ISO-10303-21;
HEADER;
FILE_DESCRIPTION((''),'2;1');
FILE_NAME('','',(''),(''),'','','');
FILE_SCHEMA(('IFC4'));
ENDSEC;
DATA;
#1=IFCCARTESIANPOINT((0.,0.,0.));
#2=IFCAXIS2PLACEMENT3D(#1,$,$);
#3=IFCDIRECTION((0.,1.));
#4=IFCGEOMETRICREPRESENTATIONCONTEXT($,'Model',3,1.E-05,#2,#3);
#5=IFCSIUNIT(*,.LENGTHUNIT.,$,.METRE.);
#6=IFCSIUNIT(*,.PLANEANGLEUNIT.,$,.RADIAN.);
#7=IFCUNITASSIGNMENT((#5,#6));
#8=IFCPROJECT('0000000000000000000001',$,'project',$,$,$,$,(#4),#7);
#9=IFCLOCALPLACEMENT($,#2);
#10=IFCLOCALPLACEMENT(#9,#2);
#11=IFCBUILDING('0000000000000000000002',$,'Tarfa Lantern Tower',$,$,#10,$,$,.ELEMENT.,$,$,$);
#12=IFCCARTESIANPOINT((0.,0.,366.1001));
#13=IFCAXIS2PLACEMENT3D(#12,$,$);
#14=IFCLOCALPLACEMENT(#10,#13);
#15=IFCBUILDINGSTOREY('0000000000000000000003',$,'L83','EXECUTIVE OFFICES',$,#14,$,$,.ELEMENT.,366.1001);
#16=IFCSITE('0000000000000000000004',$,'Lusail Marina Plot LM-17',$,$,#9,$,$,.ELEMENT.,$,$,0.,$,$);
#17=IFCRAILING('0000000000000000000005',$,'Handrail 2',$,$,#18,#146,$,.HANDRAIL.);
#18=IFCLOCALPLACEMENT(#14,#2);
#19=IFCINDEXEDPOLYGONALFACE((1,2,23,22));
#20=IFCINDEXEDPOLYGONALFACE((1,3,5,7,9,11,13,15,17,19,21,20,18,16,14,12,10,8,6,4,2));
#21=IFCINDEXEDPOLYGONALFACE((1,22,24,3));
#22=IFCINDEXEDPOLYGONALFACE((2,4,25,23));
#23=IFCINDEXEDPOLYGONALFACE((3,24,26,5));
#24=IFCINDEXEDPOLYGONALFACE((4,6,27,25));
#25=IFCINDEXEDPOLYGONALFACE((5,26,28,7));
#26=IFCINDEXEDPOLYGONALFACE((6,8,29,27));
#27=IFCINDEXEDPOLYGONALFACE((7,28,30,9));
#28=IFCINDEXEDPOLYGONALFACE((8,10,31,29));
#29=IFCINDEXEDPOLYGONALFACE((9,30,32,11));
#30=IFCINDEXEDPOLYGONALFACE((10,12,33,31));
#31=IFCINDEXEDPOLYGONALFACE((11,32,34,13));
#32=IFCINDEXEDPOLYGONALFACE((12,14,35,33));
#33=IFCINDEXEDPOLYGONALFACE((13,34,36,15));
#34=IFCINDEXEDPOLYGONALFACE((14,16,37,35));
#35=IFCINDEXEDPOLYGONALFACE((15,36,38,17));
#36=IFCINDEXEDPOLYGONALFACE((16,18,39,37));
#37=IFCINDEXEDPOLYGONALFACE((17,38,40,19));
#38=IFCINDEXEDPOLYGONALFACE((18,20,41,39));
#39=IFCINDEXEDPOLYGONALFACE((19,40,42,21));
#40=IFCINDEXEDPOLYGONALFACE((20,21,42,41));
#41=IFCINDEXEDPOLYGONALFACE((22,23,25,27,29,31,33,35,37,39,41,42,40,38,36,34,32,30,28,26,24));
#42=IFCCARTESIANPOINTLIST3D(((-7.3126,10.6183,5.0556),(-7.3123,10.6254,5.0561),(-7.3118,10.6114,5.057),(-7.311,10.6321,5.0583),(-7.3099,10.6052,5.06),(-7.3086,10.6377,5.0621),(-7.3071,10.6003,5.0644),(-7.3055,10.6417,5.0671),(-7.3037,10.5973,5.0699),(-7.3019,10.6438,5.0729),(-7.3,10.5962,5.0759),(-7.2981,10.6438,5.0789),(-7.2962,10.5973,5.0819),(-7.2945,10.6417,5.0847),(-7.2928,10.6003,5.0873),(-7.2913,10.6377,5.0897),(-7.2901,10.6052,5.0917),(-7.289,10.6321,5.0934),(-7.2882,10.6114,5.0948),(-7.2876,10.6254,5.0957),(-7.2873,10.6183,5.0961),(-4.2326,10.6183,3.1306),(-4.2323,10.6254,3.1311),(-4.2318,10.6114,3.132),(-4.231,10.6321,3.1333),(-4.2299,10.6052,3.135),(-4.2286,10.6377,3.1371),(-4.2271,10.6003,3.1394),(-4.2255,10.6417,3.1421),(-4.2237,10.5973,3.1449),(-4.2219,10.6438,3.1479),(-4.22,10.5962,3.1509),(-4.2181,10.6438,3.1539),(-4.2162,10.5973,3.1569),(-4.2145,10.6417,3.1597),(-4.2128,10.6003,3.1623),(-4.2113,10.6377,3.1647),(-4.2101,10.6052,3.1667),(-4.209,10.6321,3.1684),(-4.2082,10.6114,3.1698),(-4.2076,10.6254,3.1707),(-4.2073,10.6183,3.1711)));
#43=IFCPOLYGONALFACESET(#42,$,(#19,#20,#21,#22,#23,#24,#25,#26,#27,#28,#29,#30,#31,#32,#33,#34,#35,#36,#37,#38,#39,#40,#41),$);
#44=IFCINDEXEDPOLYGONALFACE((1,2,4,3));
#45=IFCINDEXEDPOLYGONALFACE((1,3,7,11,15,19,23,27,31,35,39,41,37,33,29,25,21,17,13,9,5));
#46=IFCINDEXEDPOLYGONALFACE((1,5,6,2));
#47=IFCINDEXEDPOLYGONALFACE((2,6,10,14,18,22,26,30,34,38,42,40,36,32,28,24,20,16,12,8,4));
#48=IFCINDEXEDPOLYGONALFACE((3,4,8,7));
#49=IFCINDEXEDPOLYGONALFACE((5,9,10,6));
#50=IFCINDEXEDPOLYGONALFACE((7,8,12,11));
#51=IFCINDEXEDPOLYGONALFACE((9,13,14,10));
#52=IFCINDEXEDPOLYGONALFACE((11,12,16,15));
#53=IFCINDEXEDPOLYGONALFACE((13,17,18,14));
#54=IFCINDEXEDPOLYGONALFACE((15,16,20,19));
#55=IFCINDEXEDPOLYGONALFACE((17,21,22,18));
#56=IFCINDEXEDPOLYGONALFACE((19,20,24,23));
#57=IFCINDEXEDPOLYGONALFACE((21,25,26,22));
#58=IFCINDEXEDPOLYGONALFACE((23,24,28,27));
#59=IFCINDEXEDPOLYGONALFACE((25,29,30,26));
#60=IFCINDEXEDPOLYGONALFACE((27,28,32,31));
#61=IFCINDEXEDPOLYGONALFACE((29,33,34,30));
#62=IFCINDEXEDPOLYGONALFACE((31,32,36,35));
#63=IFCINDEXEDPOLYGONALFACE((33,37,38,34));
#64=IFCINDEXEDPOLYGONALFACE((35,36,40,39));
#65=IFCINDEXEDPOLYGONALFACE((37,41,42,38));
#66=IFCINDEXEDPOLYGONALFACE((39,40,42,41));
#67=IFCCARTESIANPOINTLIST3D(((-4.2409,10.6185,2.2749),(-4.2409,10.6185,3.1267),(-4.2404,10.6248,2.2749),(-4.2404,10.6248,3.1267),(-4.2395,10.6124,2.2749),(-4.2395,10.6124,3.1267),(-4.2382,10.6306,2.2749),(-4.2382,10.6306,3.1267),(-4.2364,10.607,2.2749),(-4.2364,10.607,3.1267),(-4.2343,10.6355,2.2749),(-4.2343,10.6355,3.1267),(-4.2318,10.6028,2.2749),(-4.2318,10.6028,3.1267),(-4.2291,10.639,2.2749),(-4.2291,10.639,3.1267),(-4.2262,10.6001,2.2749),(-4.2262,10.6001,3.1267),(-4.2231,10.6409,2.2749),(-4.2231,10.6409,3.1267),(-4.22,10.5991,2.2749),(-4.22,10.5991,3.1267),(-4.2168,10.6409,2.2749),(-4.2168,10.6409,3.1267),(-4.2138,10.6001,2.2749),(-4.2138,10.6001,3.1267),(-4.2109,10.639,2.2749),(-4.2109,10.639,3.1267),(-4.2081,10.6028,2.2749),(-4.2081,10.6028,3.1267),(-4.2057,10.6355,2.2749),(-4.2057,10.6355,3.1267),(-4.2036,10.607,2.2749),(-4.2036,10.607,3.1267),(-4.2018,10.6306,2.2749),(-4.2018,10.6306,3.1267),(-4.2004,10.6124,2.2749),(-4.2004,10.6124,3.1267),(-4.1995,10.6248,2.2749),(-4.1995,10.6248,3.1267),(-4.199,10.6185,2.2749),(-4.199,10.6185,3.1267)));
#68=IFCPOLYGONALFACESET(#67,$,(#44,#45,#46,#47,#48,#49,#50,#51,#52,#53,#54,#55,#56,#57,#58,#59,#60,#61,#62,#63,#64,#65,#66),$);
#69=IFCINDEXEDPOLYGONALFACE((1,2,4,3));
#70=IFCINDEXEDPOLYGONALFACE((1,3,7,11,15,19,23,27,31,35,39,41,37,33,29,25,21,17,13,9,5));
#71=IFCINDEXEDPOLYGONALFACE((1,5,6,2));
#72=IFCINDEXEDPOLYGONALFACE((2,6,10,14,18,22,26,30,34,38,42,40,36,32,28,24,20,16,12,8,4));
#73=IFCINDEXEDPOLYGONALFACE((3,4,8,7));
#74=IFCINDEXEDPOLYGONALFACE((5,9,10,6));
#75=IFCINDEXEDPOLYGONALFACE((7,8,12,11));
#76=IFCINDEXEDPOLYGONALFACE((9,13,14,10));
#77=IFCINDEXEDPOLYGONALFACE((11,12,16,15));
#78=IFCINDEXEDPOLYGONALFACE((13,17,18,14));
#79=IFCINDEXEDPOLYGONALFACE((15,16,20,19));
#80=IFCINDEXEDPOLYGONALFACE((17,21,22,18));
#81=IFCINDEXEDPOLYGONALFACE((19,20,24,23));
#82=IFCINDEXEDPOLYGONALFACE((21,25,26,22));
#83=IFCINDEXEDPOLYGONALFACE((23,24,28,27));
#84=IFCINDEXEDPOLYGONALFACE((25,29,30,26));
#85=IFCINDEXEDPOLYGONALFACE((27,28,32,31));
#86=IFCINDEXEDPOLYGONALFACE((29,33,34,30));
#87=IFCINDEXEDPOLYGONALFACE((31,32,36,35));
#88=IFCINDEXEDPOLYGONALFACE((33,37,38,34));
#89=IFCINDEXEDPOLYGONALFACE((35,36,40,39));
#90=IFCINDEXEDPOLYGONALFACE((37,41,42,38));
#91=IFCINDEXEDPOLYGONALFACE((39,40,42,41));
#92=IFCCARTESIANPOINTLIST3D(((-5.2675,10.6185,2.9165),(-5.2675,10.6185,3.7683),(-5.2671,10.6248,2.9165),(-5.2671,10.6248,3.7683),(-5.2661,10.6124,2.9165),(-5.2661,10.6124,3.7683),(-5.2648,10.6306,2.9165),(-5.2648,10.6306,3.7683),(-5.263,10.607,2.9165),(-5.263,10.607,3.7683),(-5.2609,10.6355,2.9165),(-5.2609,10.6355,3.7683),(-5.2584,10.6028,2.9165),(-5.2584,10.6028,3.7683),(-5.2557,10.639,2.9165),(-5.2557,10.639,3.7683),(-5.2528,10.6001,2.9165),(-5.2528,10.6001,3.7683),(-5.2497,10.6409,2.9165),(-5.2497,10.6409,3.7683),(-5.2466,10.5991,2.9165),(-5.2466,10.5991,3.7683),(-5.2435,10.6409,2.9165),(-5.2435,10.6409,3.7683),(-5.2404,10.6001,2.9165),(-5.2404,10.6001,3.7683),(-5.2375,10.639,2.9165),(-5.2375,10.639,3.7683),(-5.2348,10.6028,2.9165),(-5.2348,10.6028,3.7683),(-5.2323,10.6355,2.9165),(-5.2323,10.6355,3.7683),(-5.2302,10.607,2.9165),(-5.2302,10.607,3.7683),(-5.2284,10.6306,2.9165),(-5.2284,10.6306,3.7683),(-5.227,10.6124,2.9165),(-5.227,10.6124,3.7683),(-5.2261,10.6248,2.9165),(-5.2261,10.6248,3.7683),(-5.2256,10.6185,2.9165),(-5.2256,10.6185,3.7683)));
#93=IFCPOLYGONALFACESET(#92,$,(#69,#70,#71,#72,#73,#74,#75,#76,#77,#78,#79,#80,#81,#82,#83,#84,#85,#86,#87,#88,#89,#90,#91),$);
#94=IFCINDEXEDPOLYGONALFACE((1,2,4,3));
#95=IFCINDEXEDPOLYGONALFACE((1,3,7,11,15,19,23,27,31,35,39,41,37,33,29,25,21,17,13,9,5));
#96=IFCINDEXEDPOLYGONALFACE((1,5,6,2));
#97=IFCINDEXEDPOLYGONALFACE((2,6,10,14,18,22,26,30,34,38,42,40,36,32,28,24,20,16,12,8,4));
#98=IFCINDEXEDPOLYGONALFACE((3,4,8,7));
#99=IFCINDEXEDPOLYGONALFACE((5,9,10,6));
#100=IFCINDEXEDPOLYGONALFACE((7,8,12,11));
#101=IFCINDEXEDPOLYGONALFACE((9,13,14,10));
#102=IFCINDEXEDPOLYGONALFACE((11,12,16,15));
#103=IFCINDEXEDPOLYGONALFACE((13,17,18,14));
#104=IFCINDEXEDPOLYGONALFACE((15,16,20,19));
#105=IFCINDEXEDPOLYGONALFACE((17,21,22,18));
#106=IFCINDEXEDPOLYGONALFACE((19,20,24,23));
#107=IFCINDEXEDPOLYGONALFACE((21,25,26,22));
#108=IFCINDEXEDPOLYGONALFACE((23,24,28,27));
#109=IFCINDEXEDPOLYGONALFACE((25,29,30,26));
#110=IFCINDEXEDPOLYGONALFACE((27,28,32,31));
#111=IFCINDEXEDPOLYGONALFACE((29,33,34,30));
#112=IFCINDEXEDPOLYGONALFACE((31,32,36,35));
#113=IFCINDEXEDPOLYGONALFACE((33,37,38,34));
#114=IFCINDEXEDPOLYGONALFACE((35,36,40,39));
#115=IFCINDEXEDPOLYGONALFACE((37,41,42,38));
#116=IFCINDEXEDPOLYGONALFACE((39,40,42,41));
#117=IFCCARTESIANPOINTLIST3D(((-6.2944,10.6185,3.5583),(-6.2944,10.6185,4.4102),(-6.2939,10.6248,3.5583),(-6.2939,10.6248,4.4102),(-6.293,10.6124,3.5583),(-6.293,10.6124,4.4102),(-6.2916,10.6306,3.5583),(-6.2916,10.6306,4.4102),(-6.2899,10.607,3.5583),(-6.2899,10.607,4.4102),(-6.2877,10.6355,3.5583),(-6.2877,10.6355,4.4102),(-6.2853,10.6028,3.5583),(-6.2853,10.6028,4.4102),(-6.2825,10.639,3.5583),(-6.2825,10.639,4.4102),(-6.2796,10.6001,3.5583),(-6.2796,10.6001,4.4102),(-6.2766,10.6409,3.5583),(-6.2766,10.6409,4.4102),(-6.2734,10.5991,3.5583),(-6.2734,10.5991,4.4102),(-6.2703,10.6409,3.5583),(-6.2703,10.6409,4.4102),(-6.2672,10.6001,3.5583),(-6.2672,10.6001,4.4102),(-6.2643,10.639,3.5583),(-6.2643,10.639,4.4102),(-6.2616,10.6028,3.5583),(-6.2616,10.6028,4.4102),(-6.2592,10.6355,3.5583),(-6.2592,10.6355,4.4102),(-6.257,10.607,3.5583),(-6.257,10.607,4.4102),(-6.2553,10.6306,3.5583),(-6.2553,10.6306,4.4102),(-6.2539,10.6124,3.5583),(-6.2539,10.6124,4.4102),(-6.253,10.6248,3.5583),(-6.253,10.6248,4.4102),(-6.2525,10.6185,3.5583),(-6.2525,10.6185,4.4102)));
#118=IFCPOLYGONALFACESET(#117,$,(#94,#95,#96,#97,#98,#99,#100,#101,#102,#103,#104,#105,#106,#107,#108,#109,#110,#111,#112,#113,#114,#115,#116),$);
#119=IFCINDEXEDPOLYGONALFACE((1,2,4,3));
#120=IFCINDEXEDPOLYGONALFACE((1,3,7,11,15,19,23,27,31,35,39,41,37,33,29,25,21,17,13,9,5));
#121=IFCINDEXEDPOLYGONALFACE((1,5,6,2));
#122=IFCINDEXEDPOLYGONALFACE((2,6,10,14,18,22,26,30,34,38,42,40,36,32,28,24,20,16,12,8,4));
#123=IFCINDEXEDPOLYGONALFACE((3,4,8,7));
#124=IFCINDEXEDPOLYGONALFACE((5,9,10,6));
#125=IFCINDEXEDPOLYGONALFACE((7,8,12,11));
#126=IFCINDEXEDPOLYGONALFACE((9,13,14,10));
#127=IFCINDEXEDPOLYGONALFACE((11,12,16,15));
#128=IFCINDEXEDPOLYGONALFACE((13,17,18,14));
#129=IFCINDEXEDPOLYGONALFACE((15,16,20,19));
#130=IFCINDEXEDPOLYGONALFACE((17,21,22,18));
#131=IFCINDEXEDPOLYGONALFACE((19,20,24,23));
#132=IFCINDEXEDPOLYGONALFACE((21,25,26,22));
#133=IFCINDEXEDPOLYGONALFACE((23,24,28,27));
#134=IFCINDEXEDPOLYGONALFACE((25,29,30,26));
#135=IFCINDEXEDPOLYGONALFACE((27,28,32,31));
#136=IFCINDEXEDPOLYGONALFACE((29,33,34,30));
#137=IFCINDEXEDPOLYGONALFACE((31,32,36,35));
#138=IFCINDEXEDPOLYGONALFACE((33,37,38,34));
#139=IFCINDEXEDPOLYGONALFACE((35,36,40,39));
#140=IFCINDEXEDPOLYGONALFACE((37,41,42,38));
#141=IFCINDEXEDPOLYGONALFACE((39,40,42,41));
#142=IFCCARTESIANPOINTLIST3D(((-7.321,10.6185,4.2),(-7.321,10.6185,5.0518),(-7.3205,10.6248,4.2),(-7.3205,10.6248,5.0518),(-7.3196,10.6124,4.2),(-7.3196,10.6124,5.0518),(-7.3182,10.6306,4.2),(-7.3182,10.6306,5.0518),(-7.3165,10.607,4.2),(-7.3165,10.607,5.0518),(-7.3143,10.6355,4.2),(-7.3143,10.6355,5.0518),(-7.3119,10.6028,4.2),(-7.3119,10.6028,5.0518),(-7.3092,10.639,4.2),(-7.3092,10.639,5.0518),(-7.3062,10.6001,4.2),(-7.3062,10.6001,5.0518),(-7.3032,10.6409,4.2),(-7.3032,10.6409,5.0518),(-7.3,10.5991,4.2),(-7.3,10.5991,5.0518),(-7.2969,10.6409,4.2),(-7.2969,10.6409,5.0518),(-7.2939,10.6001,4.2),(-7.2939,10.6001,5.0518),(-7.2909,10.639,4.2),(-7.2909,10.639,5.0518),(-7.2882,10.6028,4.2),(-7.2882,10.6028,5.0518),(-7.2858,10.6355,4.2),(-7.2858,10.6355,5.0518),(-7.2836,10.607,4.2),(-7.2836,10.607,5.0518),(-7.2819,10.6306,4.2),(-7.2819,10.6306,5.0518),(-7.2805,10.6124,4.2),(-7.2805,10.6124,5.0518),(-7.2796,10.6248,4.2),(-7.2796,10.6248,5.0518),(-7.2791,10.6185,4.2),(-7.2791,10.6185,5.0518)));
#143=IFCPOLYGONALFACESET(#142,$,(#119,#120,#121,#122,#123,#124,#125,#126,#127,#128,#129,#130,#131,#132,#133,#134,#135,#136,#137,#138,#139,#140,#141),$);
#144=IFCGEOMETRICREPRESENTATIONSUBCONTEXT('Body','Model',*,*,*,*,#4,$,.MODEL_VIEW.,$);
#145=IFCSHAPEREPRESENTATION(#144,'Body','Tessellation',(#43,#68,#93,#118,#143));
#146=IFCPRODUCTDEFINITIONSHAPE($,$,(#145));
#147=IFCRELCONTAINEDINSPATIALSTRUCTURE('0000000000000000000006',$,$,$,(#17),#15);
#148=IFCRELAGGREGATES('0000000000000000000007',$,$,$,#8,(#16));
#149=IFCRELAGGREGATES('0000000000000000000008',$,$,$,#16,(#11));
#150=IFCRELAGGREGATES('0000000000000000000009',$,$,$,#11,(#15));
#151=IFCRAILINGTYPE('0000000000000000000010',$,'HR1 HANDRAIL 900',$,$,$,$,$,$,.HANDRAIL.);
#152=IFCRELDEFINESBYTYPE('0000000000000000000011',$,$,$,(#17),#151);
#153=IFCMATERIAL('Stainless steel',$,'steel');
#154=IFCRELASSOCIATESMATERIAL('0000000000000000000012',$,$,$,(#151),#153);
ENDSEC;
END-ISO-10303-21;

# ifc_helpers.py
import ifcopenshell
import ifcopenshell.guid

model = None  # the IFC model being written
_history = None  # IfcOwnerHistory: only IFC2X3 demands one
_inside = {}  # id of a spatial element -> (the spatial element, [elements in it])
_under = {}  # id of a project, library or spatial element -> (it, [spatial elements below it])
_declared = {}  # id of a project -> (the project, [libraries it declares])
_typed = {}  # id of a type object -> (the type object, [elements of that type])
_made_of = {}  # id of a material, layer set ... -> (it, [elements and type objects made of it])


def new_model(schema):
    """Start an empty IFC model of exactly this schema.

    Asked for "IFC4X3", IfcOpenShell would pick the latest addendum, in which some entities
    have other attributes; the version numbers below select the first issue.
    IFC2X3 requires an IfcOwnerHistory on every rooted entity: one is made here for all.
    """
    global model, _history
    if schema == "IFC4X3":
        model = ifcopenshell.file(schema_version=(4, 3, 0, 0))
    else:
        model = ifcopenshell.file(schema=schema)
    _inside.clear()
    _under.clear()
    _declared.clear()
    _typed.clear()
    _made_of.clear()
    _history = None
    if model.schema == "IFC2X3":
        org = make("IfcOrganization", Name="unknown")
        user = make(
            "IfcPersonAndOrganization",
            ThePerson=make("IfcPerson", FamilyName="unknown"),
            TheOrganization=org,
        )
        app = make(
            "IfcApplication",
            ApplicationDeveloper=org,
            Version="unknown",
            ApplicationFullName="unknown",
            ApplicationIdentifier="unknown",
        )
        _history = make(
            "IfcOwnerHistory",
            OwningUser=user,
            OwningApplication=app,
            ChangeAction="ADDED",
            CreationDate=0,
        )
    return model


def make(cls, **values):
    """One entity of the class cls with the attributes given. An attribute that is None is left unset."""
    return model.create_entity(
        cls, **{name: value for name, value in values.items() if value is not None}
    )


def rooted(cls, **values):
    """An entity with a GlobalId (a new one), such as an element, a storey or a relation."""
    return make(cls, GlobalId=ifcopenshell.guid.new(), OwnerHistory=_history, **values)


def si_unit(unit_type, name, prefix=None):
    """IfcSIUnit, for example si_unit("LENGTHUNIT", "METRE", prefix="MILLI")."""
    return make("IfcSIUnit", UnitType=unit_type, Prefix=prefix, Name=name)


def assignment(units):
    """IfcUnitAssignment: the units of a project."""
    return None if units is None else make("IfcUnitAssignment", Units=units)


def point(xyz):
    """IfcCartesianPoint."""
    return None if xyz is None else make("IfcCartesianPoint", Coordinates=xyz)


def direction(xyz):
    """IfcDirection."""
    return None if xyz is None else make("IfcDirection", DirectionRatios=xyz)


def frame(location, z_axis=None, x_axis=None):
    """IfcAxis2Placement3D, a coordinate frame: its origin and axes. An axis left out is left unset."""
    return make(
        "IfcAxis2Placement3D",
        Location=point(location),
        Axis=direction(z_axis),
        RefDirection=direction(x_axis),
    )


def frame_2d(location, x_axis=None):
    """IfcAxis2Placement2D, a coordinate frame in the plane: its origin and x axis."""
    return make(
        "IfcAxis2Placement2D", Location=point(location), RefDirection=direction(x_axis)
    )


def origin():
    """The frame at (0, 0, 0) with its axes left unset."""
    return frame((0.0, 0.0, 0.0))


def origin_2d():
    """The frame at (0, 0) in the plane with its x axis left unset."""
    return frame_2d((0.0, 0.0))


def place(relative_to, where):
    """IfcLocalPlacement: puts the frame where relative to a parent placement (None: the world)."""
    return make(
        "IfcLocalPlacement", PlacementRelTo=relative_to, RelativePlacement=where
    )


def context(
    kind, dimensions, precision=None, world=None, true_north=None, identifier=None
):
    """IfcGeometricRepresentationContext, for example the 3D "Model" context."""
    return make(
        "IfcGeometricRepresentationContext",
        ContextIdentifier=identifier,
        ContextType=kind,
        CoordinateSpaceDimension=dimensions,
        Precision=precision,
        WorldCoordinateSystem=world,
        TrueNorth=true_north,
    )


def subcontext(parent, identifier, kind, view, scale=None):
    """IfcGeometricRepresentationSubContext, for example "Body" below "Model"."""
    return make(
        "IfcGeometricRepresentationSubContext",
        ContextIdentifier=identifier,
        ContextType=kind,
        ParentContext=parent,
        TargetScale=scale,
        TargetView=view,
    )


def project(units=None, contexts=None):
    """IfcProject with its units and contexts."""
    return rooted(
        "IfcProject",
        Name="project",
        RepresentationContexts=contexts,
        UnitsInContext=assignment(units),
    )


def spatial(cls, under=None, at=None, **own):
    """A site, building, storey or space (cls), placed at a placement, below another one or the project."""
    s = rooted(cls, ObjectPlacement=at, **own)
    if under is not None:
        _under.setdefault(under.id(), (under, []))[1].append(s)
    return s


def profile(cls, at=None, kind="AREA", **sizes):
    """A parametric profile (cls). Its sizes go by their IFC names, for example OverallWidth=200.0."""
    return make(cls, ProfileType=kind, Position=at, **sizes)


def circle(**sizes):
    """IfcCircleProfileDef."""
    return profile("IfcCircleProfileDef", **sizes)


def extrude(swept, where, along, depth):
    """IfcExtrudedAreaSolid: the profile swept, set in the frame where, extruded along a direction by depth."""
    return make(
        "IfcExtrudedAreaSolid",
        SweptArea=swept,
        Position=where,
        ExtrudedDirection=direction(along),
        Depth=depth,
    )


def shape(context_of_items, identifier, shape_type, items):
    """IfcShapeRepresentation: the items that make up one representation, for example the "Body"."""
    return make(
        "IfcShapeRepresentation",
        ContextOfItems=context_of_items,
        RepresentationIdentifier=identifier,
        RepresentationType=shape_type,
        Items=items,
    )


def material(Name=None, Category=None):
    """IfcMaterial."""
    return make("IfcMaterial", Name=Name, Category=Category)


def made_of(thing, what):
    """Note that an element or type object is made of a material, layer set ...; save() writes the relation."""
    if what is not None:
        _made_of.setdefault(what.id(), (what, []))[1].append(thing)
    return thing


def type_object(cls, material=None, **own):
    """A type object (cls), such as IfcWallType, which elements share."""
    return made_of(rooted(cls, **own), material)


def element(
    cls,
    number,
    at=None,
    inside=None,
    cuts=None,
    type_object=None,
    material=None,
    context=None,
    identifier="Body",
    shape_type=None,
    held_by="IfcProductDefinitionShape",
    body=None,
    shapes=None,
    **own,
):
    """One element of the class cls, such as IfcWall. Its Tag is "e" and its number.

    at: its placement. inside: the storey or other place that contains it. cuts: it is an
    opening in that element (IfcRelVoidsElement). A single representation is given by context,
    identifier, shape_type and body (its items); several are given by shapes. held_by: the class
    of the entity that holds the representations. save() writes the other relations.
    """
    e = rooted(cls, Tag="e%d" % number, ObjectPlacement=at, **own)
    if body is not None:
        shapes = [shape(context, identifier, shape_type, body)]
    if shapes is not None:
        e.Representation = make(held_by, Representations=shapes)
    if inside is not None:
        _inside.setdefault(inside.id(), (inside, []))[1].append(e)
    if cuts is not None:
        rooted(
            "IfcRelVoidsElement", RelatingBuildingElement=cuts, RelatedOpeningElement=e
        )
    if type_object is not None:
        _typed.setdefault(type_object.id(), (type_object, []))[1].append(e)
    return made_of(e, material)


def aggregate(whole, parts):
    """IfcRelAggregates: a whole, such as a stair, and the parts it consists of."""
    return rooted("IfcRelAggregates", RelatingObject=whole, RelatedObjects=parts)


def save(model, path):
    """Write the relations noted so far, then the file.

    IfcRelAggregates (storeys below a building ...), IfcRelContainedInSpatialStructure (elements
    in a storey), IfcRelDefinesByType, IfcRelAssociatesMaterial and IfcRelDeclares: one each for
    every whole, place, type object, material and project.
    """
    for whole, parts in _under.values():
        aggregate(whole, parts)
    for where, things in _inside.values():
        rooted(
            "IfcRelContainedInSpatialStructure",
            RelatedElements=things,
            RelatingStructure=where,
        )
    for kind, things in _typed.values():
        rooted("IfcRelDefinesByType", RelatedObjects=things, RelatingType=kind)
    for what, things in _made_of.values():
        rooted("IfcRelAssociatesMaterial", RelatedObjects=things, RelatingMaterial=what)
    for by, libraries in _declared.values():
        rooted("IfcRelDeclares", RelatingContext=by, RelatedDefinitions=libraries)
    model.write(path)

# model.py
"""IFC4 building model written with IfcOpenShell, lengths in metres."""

from ifc_helpers import new_model, si_unit, direction, frame, origin, origin_2d, place, context, subcontext, project, spatial, circle, extrude, material, type_object, element, save


model = new_model("IFC4")

# Units and contexts
model_context = context("Model", 3, precision=1e-05, world=origin(), true_north=direction((0.0, 1.0)))
body_context = subcontext(model_context, "Body", "Model", "MODEL_VIEW")
ifc_project = project(units=[si_unit("LENGTHUNIT", "METRE"), si_unit("PLANEANGLEUNIT", "RADIAN")], contexts=[model_context])

# Site, building, storey
site_placement = place(None, origin())
site = spatial("IfcSite", under=ifc_project, at=site_placement, Name="Lusail Marina Plot LM-17", CompositionType="ELEMENT", RefElevation=0.0)
building_placement = place(site_placement, origin())
building = spatial("IfcBuilding", under=site, at=building_placement, Name="Tarfa Lantern Tower", CompositionType="ELEMENT")
storey_placement = place(building_placement, frame((0.0, 0.0, 366.1001)))
storey = spatial("IfcBuildingStorey", under=building, at=storey_placement, Name="L83", Description="EXECUTIVE OFFICES", CompositionType="ELEMENT", Elevation=366.1001)

# Railing
ifc_material_1 = material(Name="Stainless steel", Category="steel")
railing_type = type_object("IfcRailingType", Name="HR1 HANDRAIL 900", PredefinedType="HANDRAIL", material=ifc_material_1)
railing_1_placement = place(storey_placement, frame((-4.22, 10.6201, 2.2749)))
element("IfcRailing", 1, at=railing_1_placement, inside=storey, type_object=railing_type, Name="Handrail 2", PredefinedType="HANDRAIL", context=body_context, shape_type="SweptSolid", body=[
    extrude(circle(Radius=0.0239, at=origin_2d()), frame((0.0, 0.0, 0.876), z_axis=(-0.847998, 0.0, 0.529999), x_axis=(0.0, -1.0, 0.0)), (0.0, 0.0, 1.0), 3.6321),
    extrude(circle(Radius=0.021, at=origin_2d()), frame((0.0, 0.0, 0.0), z_axis=(0.0, 0.0, 1.0), x_axis=(0.0, -1.0, 0.0)), (0.0, 0.0, 1.0), 0.8518),
    extrude(circle(Radius=0.021, at=origin_2d()), frame((-1.0266, 0.0, 0.6416), z_axis=(0.0, 0.0, 1.0), x_axis=(0.0, -1.0, 0.0)), (0.0, 0.0, 1.0), 0.8518),
    extrude(circle(Radius=0.021, at=origin_2d()), frame((-2.0535, 0.0, 1.2834), z_axis=(0.0, 0.0, 1.0), x_axis=(0.0, -1.0, 0.0)), (0.0, 0.0, 1.0), 0.8518),
    extrude(circle(Radius=0.021, at=origin_2d()), frame((-3.0801, 0.0, 1.925), z_axis=(0.0, 0.0, 1.0), x_axis=(0.0, -1.0, 0.0)), (0.0, 0.0, 1.0), 0.8518),
])

save(model, "model.ifc")
